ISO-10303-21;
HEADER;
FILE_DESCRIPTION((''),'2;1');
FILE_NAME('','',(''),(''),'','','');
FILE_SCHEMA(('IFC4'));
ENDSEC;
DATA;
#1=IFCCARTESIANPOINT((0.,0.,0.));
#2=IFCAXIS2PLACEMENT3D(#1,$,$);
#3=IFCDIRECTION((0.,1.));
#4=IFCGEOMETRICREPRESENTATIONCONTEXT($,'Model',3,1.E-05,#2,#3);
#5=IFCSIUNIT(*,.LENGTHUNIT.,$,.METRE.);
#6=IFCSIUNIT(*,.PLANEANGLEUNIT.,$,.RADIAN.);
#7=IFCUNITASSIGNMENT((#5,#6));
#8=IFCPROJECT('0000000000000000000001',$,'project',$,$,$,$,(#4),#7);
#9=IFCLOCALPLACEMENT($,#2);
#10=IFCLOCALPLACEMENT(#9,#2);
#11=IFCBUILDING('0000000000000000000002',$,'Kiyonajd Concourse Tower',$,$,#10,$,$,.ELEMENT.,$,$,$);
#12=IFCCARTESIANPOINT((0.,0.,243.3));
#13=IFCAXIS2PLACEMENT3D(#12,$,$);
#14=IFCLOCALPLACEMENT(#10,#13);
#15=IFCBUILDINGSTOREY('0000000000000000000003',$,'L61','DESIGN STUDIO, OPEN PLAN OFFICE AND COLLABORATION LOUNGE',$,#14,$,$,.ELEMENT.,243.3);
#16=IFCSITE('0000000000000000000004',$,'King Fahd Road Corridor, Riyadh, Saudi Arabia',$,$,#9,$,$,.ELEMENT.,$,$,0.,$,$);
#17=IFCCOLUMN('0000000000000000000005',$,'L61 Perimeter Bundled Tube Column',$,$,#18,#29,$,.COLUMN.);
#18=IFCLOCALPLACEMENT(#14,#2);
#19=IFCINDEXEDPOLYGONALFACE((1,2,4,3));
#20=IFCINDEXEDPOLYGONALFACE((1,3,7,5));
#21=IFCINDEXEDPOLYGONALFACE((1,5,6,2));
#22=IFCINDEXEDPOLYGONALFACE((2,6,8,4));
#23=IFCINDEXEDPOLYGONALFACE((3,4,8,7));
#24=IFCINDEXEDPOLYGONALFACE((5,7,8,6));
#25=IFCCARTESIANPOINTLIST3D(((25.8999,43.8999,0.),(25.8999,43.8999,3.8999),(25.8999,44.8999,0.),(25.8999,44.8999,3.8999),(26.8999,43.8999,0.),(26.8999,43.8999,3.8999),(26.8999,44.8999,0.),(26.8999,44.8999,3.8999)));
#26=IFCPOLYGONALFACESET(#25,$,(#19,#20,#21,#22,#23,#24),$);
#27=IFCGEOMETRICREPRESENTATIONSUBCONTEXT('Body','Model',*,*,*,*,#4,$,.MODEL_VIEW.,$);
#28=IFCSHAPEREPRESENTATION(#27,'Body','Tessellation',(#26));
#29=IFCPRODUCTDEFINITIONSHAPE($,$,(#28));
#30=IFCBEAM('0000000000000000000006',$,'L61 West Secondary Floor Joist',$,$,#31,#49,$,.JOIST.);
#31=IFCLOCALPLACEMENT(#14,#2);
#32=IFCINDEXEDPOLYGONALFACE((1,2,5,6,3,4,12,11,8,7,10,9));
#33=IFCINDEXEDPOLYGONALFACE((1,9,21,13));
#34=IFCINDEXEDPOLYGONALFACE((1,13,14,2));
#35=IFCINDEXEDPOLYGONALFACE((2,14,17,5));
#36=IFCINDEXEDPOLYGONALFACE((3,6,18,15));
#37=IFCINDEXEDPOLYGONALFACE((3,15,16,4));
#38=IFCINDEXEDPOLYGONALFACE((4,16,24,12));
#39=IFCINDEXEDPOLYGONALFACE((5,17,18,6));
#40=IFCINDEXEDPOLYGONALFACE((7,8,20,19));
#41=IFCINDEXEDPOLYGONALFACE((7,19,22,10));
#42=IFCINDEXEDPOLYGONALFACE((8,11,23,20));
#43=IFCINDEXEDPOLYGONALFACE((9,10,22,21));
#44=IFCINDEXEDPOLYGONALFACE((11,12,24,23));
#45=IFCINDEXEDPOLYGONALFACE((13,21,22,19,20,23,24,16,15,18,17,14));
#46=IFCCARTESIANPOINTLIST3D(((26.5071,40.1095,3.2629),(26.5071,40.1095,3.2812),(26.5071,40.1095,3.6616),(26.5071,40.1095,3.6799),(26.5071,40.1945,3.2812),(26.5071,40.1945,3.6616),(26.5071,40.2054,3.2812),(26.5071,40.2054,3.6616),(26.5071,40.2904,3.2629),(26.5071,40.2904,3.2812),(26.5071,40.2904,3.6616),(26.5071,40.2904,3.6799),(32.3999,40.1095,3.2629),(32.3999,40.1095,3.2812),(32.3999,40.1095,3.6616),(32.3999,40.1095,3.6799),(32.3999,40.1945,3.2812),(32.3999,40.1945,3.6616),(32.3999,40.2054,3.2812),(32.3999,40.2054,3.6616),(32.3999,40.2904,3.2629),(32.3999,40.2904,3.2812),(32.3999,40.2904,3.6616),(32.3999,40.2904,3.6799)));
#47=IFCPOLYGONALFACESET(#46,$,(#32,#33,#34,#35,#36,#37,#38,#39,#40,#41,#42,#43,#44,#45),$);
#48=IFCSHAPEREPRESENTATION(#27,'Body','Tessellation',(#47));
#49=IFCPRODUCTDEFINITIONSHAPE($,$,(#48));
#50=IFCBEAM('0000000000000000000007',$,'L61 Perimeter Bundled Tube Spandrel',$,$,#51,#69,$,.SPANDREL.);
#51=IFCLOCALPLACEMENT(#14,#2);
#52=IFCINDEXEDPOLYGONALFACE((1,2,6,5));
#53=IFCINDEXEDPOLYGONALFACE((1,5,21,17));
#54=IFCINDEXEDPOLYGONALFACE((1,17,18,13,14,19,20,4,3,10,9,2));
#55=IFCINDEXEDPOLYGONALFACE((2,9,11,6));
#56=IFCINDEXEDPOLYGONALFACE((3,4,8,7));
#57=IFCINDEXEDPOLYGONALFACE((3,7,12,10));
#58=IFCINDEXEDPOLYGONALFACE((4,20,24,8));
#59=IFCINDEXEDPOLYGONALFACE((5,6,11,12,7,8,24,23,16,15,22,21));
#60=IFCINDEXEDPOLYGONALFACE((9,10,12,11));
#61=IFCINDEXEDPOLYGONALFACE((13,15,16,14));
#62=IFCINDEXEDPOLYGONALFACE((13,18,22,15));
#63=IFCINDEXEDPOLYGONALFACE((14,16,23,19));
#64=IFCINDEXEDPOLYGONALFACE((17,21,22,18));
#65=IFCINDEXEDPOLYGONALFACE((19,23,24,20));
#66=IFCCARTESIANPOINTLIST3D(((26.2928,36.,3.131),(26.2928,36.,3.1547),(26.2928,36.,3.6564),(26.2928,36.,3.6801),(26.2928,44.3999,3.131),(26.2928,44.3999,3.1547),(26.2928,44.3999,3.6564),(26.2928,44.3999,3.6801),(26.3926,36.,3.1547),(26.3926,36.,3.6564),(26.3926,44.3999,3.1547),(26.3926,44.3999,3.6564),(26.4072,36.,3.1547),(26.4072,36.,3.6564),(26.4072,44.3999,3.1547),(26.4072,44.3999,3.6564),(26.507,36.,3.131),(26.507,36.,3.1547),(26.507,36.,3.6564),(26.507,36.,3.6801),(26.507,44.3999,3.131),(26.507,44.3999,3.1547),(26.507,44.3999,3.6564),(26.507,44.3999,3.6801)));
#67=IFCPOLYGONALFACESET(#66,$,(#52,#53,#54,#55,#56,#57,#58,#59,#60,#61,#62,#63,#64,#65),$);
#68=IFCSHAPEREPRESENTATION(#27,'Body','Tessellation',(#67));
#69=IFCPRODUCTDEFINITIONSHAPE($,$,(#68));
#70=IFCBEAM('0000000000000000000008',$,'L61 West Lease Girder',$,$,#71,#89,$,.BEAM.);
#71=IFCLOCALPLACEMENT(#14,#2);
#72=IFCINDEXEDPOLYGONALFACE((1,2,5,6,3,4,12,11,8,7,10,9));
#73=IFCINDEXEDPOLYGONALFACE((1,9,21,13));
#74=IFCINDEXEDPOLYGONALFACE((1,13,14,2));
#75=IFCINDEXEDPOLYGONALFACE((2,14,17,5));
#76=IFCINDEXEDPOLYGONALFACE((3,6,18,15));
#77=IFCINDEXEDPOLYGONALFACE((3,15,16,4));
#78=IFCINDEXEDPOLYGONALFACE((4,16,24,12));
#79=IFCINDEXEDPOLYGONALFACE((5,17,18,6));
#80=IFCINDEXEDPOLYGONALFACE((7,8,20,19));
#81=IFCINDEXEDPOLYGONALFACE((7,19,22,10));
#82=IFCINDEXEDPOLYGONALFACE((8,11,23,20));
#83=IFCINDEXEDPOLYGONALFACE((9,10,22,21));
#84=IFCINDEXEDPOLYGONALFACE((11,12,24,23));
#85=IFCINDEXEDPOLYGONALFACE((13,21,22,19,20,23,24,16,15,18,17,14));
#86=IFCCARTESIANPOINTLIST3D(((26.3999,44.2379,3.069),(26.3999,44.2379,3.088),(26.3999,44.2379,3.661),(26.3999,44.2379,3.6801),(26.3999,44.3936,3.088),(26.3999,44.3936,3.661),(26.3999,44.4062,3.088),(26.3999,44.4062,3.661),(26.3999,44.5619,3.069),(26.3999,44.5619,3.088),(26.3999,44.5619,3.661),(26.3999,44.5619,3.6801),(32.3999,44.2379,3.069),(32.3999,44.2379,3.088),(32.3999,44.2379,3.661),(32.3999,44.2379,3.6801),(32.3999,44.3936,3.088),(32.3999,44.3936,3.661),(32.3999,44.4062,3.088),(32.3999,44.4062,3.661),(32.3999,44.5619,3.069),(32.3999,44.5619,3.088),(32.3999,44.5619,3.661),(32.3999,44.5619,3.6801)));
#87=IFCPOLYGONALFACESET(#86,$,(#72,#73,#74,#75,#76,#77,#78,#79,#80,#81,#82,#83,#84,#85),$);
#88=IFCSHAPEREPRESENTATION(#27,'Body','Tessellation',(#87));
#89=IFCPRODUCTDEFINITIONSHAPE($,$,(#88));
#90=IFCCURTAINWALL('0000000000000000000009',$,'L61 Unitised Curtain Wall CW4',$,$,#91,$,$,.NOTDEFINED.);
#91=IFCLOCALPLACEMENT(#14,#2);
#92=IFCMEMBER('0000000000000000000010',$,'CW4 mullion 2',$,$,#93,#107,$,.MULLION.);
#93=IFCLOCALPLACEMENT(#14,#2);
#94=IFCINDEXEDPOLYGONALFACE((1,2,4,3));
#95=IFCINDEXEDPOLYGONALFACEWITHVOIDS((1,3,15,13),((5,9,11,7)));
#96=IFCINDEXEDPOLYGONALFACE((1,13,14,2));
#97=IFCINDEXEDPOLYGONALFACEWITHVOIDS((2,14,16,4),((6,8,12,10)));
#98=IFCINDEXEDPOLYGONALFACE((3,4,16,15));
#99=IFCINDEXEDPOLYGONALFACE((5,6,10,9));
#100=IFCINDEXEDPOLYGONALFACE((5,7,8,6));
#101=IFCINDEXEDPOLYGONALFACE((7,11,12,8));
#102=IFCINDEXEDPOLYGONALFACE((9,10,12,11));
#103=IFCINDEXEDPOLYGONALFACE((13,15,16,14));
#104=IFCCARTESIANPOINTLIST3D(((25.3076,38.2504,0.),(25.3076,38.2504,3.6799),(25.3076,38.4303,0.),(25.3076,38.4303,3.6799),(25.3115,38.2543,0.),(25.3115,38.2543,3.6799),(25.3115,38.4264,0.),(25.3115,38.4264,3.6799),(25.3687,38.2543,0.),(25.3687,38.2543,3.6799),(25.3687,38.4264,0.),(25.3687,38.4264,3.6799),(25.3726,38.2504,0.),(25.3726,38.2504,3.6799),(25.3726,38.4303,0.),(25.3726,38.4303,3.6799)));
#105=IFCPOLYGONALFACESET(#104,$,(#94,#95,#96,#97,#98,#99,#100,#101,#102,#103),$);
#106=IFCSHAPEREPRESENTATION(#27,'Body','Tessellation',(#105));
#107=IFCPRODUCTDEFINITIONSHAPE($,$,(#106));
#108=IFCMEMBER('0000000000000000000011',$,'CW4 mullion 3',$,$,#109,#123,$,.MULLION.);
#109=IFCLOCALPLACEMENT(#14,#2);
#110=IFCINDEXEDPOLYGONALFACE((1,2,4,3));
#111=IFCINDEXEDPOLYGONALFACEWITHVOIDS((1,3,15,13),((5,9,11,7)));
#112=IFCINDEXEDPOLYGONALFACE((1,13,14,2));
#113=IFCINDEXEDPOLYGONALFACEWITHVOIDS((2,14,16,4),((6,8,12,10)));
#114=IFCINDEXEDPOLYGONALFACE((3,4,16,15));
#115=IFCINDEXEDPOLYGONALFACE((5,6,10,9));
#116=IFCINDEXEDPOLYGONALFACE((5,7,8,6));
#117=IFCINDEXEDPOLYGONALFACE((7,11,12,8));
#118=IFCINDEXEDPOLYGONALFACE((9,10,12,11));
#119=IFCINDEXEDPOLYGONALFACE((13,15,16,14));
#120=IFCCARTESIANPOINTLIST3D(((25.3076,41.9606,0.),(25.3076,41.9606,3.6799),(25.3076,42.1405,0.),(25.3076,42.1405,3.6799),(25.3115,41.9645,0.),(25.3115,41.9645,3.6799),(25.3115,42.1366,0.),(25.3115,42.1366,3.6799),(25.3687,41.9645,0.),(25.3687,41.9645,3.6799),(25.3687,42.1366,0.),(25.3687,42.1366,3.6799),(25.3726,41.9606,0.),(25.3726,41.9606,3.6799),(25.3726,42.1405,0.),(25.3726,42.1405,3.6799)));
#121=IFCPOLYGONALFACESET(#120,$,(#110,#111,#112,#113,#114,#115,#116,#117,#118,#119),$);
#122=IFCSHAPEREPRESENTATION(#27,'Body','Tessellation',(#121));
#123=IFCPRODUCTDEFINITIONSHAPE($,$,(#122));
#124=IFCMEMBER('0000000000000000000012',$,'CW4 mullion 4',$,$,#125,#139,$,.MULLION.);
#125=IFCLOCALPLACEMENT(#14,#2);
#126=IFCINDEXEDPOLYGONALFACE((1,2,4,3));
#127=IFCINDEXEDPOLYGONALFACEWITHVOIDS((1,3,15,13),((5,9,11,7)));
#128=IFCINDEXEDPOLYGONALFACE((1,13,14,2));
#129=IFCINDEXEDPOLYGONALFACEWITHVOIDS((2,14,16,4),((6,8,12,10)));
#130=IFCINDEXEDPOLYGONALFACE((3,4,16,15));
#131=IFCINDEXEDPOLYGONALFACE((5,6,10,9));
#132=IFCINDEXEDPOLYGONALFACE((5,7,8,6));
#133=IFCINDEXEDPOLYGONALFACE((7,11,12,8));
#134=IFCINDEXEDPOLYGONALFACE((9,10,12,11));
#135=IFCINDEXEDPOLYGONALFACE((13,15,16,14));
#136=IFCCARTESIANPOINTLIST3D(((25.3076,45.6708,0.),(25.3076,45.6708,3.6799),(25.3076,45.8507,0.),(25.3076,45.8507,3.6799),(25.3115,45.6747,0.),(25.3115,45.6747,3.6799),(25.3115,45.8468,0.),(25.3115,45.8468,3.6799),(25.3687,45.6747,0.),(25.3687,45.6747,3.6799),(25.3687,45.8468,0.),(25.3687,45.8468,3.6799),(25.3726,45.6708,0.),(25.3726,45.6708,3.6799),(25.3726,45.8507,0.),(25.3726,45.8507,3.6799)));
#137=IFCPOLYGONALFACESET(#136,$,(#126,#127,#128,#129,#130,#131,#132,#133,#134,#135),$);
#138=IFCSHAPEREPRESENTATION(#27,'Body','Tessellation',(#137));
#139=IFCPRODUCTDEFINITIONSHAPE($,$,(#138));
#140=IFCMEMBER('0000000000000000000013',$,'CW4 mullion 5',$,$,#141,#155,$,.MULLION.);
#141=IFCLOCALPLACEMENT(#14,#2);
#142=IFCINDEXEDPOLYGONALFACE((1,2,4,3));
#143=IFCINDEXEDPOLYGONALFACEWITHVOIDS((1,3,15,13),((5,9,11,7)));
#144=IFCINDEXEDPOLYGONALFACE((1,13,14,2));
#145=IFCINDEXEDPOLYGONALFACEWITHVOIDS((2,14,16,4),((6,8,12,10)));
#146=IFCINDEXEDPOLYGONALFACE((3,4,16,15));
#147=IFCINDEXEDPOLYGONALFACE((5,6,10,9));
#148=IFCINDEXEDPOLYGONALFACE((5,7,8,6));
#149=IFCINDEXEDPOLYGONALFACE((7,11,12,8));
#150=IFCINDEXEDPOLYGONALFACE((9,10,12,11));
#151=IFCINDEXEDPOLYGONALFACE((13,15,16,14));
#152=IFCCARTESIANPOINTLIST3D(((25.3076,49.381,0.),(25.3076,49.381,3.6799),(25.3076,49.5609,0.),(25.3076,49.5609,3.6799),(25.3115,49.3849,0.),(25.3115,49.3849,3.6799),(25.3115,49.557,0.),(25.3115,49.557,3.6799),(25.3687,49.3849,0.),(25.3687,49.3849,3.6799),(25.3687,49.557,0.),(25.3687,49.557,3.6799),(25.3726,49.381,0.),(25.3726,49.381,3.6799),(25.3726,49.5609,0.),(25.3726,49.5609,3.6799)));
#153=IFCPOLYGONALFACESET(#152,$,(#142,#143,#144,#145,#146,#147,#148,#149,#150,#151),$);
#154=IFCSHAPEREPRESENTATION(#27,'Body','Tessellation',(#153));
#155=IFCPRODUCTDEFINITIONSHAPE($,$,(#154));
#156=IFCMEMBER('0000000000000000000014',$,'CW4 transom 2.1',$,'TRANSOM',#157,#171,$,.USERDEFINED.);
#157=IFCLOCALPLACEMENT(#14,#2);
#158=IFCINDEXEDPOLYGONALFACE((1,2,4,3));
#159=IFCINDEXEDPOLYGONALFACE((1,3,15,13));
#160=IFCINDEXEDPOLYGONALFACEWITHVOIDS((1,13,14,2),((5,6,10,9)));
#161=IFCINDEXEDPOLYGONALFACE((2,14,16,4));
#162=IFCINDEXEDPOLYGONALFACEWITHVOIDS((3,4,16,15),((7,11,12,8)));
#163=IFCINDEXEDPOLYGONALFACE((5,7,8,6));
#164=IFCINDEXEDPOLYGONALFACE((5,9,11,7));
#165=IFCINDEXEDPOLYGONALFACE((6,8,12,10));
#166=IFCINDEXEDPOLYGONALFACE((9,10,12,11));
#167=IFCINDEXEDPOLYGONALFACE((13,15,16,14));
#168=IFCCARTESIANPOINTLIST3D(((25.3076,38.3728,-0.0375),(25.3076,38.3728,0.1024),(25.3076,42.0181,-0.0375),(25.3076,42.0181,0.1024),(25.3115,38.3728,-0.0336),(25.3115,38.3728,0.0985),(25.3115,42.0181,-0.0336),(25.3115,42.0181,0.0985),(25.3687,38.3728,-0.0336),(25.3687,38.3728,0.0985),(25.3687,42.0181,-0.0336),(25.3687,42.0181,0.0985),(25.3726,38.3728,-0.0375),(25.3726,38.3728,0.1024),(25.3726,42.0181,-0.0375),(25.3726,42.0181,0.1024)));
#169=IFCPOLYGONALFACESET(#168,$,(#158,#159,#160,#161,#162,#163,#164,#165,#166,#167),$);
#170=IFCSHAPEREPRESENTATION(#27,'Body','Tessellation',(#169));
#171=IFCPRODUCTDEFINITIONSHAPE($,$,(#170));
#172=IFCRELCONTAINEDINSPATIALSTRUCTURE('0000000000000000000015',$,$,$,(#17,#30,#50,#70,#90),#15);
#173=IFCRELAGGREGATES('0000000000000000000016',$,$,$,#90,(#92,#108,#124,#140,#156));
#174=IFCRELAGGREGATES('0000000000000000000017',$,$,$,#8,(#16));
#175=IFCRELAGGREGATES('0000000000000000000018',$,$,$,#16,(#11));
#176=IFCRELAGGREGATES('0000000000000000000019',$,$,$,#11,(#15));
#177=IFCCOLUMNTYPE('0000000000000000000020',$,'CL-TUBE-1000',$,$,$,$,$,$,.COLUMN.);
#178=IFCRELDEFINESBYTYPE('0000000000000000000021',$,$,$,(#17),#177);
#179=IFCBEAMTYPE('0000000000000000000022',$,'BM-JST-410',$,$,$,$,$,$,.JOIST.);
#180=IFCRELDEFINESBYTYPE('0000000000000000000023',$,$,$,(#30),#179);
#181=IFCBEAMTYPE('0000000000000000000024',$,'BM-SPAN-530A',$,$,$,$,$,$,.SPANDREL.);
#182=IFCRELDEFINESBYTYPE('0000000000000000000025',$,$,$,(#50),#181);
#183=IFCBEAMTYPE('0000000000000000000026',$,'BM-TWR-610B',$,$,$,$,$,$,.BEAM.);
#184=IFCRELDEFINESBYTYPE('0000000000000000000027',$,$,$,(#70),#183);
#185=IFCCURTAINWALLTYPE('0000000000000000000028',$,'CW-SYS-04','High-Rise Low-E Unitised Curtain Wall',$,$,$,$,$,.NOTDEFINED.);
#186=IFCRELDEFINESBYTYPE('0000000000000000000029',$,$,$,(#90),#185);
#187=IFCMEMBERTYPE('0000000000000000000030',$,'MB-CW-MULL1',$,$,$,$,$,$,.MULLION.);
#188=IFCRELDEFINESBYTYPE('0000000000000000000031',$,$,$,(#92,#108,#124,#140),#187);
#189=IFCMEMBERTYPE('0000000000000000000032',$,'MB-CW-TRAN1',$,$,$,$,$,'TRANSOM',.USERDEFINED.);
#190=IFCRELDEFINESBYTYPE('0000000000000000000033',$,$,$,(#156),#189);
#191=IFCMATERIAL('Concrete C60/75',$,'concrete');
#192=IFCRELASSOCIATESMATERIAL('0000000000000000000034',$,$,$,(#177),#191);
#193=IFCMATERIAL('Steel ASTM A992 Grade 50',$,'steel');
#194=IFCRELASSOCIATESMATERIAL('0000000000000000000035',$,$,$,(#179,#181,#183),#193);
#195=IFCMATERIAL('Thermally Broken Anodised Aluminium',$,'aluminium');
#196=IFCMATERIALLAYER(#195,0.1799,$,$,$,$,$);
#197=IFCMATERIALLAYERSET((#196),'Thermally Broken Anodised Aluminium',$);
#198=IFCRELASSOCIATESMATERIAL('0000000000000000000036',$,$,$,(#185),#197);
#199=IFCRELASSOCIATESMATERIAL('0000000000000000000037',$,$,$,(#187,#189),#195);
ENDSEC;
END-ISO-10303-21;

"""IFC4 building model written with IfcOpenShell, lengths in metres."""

from ifc_helpers import new_model, si_unit, direction, frame, origin, origin_2d, place, context, subcontext, project, spatial, rectangle, hollow_rectangle, i_section, extrude, material, layer, layer_set, material_profile, profile_set, type_object, element, aggregate, save


model = new_model("IFC4")

# Units and contexts
model_context = context("Model", 3, precision=1e-05, world=origin(), true_north=direction((0.0, 1.0)))
body_context = subcontext(model_context, "Body", "Model", "MODEL_VIEW")
ifc_project = project(units=[si_unit("LENGTHUNIT", "METRE"), si_unit("PLANEANGLEUNIT", "RADIAN")], contexts=[model_context])

# Site, building, storey
site_placement = place(None, origin())
site = spatial("IfcSite", under=ifc_project, at=site_placement, Name="King Fahd Road Corridor, Riyadh, Saudi Arabia", CompositionType="ELEMENT", RefElevation=0.0)
building_placement = place(site_placement, origin())
building = spatial("IfcBuilding", under=site, at=building_placement, Name="Kiyonajd Concourse Tower", CompositionType="ELEMENT")
storey_placement = place(building_placement, frame((0.0, 0.0, 243.3)))
storey = spatial("IfcBuildingStorey", under=building, at=storey_placement, Name="L61", Description="DESIGN STUDIO, OPEN PLAN OFFICE AND COLLABORATION LOUNGE", CompositionType="ELEMENT", Elevation=243.3)

# Column
ifc_material_1 = material(Name="Concrete C60/75", Category="concrete")
ifc_material_profile_1 = material_profile(ifc_material_1, rectangle(XDim=1.0, YDim=1.0, at=origin_2d()), Name="RC-1000x1000")
ifc_profile_set_1 = profile_set([ifc_material_profile_1], Name="Concrete C60/75")
column_type = type_object("IfcColumnType", Name="CL-TUBE-1000", PredefinedType="COLUMN", material=ifc_profile_set_1)
column_placement = place(storey_placement, frame((26.3999, 44.3999, 0.0), z_axis=(0.0, 0.0, 1.0), x_axis=(1.0, 0.0, 0.0)))
element("IfcColumn", 1, at=column_placement, inside=storey, type_object=column_type, Name="L61 Perimeter Bundled Tube Column", PredefinedType="COLUMN", context=body_context, shape_type="SweptSolid", body=[
    extrude(rectangle(XDim=1.0, YDim=1.0, at=origin_2d()), origin(), (0.0, 0.0, 1.0), 3.8999),
])

# Beams
ifc_material_2 = material(Name="Steel ASTM A992 Grade 50", Category="steel")
ifc_material_profile_2 = material_profile(ifc_material_2, i_section(OverallWidth=0.1809, OverallDepth=0.417, WebThickness=0.011, FlangeThickness=0.0183, at=origin_2d()), Name="W410X85")
ifc_profile_set_2 = profile_set([ifc_material_profile_2], Name="Steel ASTM A992 Grade 50")
beam_type_1 = type_object("IfcBeamType", Name="BM-JST-410", PredefinedType="JOIST", material=ifc_profile_set_2)
beam_1_placement = place(storey_placement, frame((26.5071, 40.2, 3.4714), z_axis=(1.0, 0.0, 0.0), x_axis=(0.0, 1.0, 0.0)))
element("IfcBeam", 2, at=beam_1_placement, inside=storey, type_object=beam_type_1, Name="L61 West Secondary Floor Joist", PredefinedType="JOIST", context=body_context, shape_type="SweptSolid", body=[
    extrude(i_section(OverallWidth=0.1809, OverallDepth=0.417, WebThickness=0.011, FlangeThickness=0.0183, at=origin_2d()), origin(), (0.0, 0.0, 1.0), 5.8928),
])
ifc_material_profile_3 = material_profile(ifc_material_2, i_section(OverallWidth=0.2141, OverallDepth=0.5491, WebThickness=0.0146, FlangeThickness=0.0237, at=origin_2d()), Name="W530X138")
ifc_profile_set_3 = profile_set([ifc_material_profile_3], Name="Steel ASTM A992 Grade 50")
beam_type_2 = type_object("IfcBeamType", Name="BM-SPAN-530A", PredefinedType="SPANDREL", material=ifc_profile_set_3)
beam_2_placement = place(storey_placement, frame((26.3999, 44.3999, 3.4055), z_axis=(0.0, -1.0, 0.0), x_axis=(1.0, 0.0, 0.0)))
element("IfcBeam", 3, at=beam_2_placement, inside=storey, type_object=beam_type_2, Name="L61 Perimeter Bundled Tube Spandrel", PredefinedType="SPANDREL", context=body_context, shape_type="SweptSolid", body=[
    extrude(i_section(OverallWidth=0.2141, OverallDepth=0.5491, WebThickness=0.0146, FlangeThickness=0.0237, at=origin_2d()), origin(), (0.0, 0.0, 1.0), 8.3999),
])
ifc_material_profile_4 = material_profile(ifc_material_2, i_section(OverallWidth=0.324, OverallDepth=0.6111, WebThickness=0.0127, FlangeThickness=0.019, at=origin_2d()), Name="W610X155")
ifc_profile_set_4 = profile_set([ifc_material_profile_4], Name="Steel ASTM A992 Grade 50")
beam_type_3 = type_object("IfcBeamType", Name="BM-TWR-610B", PredefinedType="BEAM", material=ifc_profile_set_4)
beam_3_placement = place(storey_placement, frame((26.3999, 44.3999, 3.3745), z_axis=(1.0, 0.0, 0.0), x_axis=(0.0, 1.0, 0.0)))
element("IfcBeam", 4, at=beam_3_placement, inside=storey, type_object=beam_type_3, Name="L61 West Lease Girder", PredefinedType="BEAM", context=body_context, shape_type="SweptSolid", body=[
    extrude(i_section(OverallWidth=0.324, OverallDepth=0.6111, WebThickness=0.0127, FlangeThickness=0.019, at=origin_2d()), origin(), (0.0, 0.0, 1.0), 6.0),
])

# Curtain wall, members
ifc_material_3 = material(Name="Thermally Broken Anodised Aluminium", Category="aluminium")
ifc_layer_1 = layer(ifc_material_3, 0.1799)
ifc_layer_set_1 = layer_set([ifc_layer_1], Name="Thermally Broken Anodised Aluminium")
curtain_wall_type = type_object("IfcCurtainWallType", Name="CW-SYS-04", Description="High-Rise Low-E Unitised Curtain Wall", PredefinedType="NOTDEFINED", material=ifc_layer_set_1)
curtain_wall_placement = place(storey_placement, origin())
curtain_wall = element("IfcCurtainWall", 5, at=curtain_wall_placement, inside=storey, type_object=curtain_wall_type, Name="L61 Unitised Curtain Wall CW4", PredefinedType="NOTDEFINED")
ifc_material_profile_5 = material_profile(ifc_material_3, hollow_rectangle(XDim=0.0649, YDim=0.1799, WallThickness=0.0039, at=origin_2d()), Name="MULL-65x180")
ifc_profile_set_5 = profile_set([ifc_material_profile_5], Name="Thermally Broken Anodised Aluminium")
member_type_1 = type_object("IfcMemberType", Name="MB-CW-MULL1", PredefinedType="MULLION", material=ifc_profile_set_5)
member_1_placement = place(storey_placement, frame((25.3401, 38.3403, 0.0), z_axis=(0.0, 0.0, 1.0), x_axis=(-1.0, 0.0, 0.0)))
member_1 = element("IfcMember", 6, at=member_1_placement, type_object=member_type_1, Name="CW4 mullion 2", PredefinedType="MULLION", context=body_context, shape_type="SweptSolid", body=[
    extrude(hollow_rectangle(XDim=0.0649, YDim=0.1799, WallThickness=0.0039, at=origin_2d()), origin(), (0.0, 0.0, 1.0), 3.6799),
])
member_2_placement = place(storey_placement, frame((25.3401, 42.0505, 0.0), z_axis=(0.0, 0.0, 1.0), x_axis=(-1.0, 0.0, 0.0)))
member_2 = element("IfcMember", 7, at=member_2_placement, type_object=member_type_1, Name="CW4 mullion 3", PredefinedType="MULLION", context=body_context, shape_type="SweptSolid", body=[
    extrude(hollow_rectangle(XDim=0.0649, YDim=0.1799, WallThickness=0.0039, at=origin_2d()), origin(), (0.0, 0.0, 1.0), 3.6799),
])
member_3_placement = place(storey_placement, frame((25.3401, 45.7607, 0.0), z_axis=(0.0, 0.0, 1.0), x_axis=(-1.0, 0.0, 0.0)))
member_3 = element("IfcMember", 8, at=member_3_placement, type_object=member_type_1, Name="CW4 mullion 4", PredefinedType="MULLION", context=body_context, shape_type="SweptSolid", body=[
    extrude(hollow_rectangle(XDim=0.0649, YDim=0.1799, WallThickness=0.0039, at=origin_2d()), origin(), (0.0, 0.0, 1.0), 3.6799),
])
member_4_placement = place(storey_placement, frame((25.3401, 49.4709, 0.0), z_axis=(0.0, 0.0, 1.0), x_axis=(-1.0, 0.0, 0.0)))
member_4 = element("IfcMember", 9, at=member_4_placement, type_object=member_type_1, Name="CW4 mullion 5", PredefinedType="MULLION", context=body_context, shape_type="SweptSolid", body=[
    extrude(hollow_rectangle(XDim=0.0649, YDim=0.1799, WallThickness=0.0039, at=origin_2d()), origin(), (0.0, 0.0, 1.0), 3.6799),
])
ifc_material_profile_6 = material_profile(ifc_material_3, hollow_rectangle(XDim=0.0649, YDim=0.1399, WallThickness=0.0039, at=origin_2d()), Name="TRAN-65x140")
ifc_profile_set_6 = profile_set([ifc_material_profile_6], Name="Thermally Broken Anodised Aluminium")
member_type_2 = type_object("IfcMemberType", Name="MB-CW-TRAN1", ElementType="TRANSOM", PredefinedType="USERDEFINED", material=ifc_profile_set_6)
member_5_placement = place(storey_placement, frame((25.3401, 38.3728, 0.0325), z_axis=(0.0, 1.0, 0.0), x_axis=(-1.0, 0.0, 0.0)))
member_5 = element("IfcMember", 10, at=member_5_placement, type_object=member_type_2, Name="CW4 transom 2.1", ObjectType="TRANSOM", PredefinedType="USERDEFINED", context=body_context, shape_type="SweptSolid", body=[
    extrude(hollow_rectangle(XDim=0.0649, YDim=0.1399, WallThickness=0.0039, at=origin_2d()), origin(), (0.0, 0.0, 1.0), 3.6453),
])
aggregate(curtain_wall, [member_1, member_2, member_3, member_4, member_5])

save(model, "model.ifc")
